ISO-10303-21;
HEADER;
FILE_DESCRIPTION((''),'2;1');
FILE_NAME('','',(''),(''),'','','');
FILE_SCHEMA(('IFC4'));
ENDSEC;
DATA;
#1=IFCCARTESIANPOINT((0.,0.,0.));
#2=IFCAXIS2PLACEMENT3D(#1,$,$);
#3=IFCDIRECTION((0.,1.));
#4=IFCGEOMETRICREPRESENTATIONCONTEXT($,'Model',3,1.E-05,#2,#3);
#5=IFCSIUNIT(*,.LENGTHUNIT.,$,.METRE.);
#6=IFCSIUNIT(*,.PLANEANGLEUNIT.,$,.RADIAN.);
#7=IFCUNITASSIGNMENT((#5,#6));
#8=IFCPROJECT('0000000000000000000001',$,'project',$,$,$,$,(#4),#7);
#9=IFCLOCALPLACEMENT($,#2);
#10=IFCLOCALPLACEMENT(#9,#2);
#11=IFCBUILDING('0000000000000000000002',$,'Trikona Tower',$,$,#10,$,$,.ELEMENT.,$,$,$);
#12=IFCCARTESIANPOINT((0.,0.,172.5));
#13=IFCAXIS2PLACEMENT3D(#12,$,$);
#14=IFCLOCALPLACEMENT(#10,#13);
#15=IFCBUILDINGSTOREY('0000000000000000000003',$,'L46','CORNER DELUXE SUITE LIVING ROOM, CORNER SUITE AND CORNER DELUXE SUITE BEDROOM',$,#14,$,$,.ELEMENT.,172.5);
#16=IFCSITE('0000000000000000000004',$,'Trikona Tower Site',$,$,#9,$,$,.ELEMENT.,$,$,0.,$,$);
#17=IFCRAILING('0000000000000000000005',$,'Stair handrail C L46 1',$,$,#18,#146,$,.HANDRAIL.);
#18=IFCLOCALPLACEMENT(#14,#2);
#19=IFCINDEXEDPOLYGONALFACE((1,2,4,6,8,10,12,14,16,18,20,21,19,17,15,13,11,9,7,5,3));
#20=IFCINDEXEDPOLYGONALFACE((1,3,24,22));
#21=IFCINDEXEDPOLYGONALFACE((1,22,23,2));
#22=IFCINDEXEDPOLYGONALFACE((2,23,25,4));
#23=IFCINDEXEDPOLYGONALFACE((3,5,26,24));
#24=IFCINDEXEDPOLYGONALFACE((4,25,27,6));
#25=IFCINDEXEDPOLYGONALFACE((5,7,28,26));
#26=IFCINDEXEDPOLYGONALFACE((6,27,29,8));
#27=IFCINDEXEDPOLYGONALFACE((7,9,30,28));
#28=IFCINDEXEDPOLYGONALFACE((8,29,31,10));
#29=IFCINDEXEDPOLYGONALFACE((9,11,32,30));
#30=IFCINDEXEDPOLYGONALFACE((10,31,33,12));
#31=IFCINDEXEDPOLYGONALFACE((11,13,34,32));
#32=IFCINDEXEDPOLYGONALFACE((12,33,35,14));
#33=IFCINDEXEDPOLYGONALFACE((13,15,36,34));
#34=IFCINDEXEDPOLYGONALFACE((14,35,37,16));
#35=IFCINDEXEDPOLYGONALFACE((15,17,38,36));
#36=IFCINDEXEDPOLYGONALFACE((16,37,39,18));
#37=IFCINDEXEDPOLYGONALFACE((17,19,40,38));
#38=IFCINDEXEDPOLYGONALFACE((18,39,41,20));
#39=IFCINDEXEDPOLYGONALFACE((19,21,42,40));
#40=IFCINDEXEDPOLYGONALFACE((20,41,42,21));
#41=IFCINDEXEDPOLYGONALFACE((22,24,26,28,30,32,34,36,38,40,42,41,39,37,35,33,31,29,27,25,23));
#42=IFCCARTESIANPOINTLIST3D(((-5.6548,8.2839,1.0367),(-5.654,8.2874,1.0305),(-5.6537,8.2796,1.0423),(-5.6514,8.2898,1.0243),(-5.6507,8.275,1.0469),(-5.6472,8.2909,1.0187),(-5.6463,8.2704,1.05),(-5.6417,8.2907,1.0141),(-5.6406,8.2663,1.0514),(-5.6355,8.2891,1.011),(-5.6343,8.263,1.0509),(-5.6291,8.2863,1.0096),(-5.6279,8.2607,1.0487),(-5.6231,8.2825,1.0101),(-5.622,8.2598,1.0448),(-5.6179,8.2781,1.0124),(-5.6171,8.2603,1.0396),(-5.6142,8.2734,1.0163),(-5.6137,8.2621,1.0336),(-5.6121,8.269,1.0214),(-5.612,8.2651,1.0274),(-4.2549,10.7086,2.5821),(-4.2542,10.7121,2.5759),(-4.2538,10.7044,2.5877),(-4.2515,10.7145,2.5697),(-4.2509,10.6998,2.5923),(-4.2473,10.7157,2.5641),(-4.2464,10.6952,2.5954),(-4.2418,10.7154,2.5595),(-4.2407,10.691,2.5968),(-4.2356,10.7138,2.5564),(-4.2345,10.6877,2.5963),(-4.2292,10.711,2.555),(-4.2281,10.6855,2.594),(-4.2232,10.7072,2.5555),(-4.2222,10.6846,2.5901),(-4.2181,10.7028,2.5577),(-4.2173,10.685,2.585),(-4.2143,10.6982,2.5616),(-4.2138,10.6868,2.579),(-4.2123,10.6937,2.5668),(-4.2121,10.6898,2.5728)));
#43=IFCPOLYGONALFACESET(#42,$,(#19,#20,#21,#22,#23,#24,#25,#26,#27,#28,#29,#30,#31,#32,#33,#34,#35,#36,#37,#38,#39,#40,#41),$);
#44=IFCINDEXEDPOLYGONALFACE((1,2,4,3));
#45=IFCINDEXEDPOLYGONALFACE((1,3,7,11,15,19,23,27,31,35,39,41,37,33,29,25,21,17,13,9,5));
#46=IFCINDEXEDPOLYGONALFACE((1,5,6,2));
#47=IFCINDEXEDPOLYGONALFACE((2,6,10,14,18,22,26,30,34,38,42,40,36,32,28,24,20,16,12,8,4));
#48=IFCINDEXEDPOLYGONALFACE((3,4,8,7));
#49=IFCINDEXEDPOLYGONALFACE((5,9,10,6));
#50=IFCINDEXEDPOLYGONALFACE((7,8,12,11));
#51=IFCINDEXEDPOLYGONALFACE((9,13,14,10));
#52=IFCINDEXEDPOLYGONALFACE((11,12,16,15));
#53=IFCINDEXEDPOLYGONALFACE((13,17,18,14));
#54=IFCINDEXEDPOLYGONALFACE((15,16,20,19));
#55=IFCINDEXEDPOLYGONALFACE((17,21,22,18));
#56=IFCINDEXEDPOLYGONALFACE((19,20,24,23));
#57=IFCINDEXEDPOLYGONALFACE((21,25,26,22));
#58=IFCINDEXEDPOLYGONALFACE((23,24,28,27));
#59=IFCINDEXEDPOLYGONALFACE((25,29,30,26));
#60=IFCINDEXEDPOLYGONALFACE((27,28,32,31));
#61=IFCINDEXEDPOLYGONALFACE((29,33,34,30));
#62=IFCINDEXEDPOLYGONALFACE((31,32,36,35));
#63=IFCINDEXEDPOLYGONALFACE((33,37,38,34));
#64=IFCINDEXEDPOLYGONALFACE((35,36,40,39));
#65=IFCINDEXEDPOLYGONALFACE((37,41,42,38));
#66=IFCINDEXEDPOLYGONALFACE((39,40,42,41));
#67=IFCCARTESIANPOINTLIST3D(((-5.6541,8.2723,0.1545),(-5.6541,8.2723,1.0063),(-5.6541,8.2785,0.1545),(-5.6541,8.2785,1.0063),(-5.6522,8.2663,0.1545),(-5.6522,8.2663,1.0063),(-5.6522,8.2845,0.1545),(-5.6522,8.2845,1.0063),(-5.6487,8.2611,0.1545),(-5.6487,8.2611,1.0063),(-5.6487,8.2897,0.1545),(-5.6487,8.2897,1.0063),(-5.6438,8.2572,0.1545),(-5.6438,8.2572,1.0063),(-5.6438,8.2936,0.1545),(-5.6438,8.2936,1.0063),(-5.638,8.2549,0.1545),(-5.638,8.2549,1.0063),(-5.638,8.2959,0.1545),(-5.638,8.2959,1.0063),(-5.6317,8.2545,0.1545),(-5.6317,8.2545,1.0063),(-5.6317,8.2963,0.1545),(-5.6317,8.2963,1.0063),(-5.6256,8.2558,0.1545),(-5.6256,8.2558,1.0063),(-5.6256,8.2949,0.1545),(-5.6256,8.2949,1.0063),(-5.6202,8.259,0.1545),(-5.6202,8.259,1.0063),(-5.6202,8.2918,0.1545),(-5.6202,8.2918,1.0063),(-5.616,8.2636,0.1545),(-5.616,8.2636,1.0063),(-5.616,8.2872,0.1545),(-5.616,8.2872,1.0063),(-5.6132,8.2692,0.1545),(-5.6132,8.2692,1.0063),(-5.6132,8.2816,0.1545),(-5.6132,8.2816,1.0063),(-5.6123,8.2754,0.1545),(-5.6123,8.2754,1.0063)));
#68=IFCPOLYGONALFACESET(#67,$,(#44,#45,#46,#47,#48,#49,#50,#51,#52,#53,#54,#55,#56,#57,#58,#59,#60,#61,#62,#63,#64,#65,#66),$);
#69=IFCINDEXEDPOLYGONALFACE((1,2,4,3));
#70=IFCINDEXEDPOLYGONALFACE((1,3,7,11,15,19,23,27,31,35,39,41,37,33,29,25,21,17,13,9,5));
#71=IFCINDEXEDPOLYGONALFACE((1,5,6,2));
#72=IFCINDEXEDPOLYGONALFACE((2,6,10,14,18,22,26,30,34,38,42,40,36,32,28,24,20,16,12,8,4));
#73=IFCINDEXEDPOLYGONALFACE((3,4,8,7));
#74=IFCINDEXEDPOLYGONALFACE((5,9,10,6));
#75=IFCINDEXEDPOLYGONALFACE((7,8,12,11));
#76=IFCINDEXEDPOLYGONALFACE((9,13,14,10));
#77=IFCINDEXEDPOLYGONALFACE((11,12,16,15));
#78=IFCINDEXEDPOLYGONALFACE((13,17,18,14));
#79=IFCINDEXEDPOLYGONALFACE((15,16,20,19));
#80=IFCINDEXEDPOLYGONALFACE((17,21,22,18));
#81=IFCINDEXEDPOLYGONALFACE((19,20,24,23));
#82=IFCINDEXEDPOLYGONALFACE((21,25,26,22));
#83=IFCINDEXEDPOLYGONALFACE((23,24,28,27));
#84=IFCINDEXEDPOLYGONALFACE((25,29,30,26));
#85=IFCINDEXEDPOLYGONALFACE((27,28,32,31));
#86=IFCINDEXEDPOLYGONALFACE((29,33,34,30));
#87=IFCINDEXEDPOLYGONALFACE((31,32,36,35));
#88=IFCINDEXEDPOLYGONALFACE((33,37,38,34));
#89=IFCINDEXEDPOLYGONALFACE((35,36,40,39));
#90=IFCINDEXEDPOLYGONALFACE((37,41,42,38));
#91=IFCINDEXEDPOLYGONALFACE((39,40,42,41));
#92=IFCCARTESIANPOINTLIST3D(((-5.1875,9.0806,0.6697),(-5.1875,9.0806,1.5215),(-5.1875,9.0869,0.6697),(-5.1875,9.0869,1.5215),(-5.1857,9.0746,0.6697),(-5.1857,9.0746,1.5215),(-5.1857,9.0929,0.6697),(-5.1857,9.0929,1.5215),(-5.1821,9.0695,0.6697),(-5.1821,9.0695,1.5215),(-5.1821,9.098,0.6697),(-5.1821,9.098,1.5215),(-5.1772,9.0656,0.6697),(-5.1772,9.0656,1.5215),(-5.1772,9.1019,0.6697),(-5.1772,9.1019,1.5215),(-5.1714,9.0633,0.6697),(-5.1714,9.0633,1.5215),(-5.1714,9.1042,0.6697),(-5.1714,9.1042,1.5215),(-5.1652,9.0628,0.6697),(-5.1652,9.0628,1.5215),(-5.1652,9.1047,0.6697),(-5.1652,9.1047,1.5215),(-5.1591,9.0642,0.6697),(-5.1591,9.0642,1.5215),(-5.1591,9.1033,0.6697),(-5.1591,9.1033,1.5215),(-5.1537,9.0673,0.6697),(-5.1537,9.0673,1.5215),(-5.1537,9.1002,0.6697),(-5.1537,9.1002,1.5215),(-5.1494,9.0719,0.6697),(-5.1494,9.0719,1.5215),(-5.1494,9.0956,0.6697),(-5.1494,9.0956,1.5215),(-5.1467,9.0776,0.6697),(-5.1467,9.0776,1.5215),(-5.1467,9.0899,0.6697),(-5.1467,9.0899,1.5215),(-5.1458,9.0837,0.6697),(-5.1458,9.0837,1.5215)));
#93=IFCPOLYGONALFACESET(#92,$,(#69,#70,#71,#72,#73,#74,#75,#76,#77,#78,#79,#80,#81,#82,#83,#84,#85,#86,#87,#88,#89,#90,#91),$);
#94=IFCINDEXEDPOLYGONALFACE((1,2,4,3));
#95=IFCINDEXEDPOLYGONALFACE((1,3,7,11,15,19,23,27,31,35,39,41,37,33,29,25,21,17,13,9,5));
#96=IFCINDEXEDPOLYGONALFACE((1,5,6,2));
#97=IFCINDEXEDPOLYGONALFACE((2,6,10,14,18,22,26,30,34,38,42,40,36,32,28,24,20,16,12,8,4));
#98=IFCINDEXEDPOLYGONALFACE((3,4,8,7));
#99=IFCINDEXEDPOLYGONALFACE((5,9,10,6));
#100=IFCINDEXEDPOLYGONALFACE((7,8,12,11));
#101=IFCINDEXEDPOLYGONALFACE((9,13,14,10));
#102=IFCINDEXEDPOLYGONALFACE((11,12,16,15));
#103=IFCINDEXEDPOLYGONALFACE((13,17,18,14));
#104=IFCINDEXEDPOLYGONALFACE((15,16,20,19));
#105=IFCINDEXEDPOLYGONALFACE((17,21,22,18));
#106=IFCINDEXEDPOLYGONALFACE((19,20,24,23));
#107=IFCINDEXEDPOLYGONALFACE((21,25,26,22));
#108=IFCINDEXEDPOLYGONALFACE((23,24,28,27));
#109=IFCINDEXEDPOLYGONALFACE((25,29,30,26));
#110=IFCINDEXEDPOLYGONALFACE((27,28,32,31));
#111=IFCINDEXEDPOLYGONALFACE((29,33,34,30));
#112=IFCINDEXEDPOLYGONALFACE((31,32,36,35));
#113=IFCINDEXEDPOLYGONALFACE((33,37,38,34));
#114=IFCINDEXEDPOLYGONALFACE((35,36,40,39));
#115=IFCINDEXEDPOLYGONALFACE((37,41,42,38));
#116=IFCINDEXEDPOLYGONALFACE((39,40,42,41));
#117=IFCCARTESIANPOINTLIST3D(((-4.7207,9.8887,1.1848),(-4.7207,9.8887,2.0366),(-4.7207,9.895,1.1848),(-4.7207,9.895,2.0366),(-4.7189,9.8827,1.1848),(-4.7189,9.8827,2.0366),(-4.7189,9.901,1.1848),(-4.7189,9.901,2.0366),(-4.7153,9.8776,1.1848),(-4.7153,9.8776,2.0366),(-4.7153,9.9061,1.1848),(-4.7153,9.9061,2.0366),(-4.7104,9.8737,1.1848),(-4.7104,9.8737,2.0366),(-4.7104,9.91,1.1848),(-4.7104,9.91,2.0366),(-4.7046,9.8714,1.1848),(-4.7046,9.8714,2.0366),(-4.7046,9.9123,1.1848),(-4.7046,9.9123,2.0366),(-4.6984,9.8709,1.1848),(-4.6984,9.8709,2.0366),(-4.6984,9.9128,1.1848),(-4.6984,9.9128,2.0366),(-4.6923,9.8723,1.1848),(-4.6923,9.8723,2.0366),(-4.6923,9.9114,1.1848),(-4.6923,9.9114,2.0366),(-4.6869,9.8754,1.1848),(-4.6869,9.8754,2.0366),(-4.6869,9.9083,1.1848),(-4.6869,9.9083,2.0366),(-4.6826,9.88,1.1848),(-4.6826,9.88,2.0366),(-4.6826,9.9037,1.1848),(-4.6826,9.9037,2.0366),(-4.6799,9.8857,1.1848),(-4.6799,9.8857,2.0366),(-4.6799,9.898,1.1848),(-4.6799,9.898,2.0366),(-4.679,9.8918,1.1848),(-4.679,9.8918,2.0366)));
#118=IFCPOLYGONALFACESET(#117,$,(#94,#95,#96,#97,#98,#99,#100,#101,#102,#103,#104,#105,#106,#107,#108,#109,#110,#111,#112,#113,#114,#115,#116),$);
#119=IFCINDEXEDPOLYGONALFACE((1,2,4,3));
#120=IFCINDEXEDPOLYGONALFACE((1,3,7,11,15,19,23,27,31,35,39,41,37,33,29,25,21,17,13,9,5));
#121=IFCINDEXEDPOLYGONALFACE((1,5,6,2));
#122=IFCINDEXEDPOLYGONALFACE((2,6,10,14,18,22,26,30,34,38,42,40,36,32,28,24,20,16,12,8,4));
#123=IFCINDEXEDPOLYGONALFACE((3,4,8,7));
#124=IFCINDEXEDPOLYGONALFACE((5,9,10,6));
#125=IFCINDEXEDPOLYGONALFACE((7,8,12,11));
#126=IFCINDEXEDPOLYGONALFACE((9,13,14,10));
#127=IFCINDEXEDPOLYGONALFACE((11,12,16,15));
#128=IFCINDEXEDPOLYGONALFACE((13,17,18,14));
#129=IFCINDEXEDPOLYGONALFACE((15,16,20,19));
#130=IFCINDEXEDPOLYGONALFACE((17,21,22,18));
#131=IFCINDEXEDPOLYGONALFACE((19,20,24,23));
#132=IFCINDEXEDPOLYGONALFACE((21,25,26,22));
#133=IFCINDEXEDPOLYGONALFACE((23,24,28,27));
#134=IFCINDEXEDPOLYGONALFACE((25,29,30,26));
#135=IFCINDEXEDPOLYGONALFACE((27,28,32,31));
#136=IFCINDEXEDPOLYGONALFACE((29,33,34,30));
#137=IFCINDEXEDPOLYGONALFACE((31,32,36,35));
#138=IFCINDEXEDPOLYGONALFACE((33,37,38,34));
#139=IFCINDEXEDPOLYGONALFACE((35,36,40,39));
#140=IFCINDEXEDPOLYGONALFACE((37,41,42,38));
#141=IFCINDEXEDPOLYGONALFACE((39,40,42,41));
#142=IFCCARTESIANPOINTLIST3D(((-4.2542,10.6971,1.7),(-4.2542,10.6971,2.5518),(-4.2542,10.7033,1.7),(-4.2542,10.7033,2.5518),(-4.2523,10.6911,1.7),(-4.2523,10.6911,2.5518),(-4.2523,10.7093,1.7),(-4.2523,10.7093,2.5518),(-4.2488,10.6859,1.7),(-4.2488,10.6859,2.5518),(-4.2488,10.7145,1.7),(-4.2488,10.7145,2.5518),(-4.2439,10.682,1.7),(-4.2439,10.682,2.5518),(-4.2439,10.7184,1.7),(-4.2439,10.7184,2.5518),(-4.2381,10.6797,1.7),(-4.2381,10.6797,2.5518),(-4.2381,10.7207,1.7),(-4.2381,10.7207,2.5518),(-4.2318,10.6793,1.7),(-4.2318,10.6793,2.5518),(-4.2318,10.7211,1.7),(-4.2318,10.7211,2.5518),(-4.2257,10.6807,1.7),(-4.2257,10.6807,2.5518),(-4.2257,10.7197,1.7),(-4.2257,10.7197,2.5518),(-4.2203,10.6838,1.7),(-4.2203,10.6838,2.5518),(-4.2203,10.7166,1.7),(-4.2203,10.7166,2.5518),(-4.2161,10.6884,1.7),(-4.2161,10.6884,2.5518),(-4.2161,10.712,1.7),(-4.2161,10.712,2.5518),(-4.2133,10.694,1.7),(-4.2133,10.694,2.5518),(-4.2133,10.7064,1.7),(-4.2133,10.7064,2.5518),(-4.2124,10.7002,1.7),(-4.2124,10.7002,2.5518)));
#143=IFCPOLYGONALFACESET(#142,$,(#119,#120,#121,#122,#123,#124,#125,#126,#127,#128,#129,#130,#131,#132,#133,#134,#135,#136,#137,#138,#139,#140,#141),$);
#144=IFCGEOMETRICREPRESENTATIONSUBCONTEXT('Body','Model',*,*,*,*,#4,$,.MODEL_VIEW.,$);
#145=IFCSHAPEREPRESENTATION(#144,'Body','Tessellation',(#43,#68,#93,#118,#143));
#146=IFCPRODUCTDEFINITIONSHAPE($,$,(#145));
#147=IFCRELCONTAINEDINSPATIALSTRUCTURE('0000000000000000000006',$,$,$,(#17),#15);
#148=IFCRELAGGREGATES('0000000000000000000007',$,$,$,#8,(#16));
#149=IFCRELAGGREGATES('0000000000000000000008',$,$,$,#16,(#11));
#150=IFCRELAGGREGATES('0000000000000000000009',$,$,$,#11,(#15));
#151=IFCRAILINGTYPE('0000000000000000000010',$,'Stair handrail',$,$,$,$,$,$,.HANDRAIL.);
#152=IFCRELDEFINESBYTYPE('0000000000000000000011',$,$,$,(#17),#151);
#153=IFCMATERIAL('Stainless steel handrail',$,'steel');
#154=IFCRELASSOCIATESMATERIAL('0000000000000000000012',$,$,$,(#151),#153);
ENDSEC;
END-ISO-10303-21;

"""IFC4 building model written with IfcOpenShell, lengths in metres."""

from ifc_helpers import new_model, si_unit, direction, frame, origin, origin_2d, place, context, subcontext, project, spatial, circle, extrude, material, type_object, element, save


model = new_model("IFC4")

# Units and contexts
model_context = context("Model", 3, precision=1e-05, world=origin(), true_north=direction((0.0, 1.0)))
body_context = subcontext(model_context, "Body", "Model", "MODEL_VIEW")
ifc_project = project(units=[si_unit("LENGTHUNIT", "METRE"), si_unit("PLANEANGLEUNIT", "RADIAN")], contexts=[model_context])

# Site, building, storey
site_placement = place(None, origin())
site = spatial("IfcSite", under=ifc_project, at=site_placement, Name="Trikona Tower Site", CompositionType="ELEMENT", RefElevation=0.0)
building_placement = place(site_placement, origin())
building = spatial("IfcBuilding", under=site, at=building_placement, Name="Trikona Tower", CompositionType="ELEMENT")
storey_placement = place(building_placement, frame((0.0, 0.0, 172.5)))
storey = spatial("IfcBuildingStorey", under=building, at=storey_placement, Name="L46", Description="CORNER DELUXE SUITE LIVING ROOM, CORNER SUITE AND CORNER DELUXE SUITE BEDROOM", CompositionType="ELEMENT", Elevation=172.5)

# Railing
ifc_material_1 = material(Name="Stainless steel handrail", Category="steel")
railing_type = type_object("IfcRailingType", Name="Stair handrail", PredefinedType="HANDRAIL", material=ifc_material_1)
railing_1_placement = place(storey_placement, frame((-5.6333, 8.2754, 0.1545)))
element("IfcRailing", 1, at=railing_1_placement, inside=storey, type_object=railing_type, Name="Stair handrail C L46 1", PredefinedType="HANDRAIL", context=body_context, shape_type="SweptSolid", body=[
    extrude(circle(Radius=0.0239, at=origin_2d()), frame((0.0, 0.0, 0.876), z_axis=(0.437733, 0.758207, 0.483231), x_axis=(-0.866035, 0.499984, 0.0)), (0.0, 0.0, 1.0), 3.198),
    extrude(circle(Radius=0.021, at=origin_2d()), origin(), (0.0, 0.0, 1.0), 0.8518),
    extrude(circle(Radius=0.021, at=origin_2d()), frame((0.4666, 0.8083, 0.5151)), (0.0, 0.0, 1.0), 0.8518),
    extrude(circle(Radius=0.021, at=origin_2d()), frame((0.9333, 1.6165, 1.0303)), (0.0, 0.0, 1.0), 0.8518),
    extrude(circle(Radius=0.021, at=origin_2d()), frame((1.3999, 2.4248, 1.5454)), (0.0, 0.0, 1.0), 0.8518),
])

save(model, "model.ifc")
